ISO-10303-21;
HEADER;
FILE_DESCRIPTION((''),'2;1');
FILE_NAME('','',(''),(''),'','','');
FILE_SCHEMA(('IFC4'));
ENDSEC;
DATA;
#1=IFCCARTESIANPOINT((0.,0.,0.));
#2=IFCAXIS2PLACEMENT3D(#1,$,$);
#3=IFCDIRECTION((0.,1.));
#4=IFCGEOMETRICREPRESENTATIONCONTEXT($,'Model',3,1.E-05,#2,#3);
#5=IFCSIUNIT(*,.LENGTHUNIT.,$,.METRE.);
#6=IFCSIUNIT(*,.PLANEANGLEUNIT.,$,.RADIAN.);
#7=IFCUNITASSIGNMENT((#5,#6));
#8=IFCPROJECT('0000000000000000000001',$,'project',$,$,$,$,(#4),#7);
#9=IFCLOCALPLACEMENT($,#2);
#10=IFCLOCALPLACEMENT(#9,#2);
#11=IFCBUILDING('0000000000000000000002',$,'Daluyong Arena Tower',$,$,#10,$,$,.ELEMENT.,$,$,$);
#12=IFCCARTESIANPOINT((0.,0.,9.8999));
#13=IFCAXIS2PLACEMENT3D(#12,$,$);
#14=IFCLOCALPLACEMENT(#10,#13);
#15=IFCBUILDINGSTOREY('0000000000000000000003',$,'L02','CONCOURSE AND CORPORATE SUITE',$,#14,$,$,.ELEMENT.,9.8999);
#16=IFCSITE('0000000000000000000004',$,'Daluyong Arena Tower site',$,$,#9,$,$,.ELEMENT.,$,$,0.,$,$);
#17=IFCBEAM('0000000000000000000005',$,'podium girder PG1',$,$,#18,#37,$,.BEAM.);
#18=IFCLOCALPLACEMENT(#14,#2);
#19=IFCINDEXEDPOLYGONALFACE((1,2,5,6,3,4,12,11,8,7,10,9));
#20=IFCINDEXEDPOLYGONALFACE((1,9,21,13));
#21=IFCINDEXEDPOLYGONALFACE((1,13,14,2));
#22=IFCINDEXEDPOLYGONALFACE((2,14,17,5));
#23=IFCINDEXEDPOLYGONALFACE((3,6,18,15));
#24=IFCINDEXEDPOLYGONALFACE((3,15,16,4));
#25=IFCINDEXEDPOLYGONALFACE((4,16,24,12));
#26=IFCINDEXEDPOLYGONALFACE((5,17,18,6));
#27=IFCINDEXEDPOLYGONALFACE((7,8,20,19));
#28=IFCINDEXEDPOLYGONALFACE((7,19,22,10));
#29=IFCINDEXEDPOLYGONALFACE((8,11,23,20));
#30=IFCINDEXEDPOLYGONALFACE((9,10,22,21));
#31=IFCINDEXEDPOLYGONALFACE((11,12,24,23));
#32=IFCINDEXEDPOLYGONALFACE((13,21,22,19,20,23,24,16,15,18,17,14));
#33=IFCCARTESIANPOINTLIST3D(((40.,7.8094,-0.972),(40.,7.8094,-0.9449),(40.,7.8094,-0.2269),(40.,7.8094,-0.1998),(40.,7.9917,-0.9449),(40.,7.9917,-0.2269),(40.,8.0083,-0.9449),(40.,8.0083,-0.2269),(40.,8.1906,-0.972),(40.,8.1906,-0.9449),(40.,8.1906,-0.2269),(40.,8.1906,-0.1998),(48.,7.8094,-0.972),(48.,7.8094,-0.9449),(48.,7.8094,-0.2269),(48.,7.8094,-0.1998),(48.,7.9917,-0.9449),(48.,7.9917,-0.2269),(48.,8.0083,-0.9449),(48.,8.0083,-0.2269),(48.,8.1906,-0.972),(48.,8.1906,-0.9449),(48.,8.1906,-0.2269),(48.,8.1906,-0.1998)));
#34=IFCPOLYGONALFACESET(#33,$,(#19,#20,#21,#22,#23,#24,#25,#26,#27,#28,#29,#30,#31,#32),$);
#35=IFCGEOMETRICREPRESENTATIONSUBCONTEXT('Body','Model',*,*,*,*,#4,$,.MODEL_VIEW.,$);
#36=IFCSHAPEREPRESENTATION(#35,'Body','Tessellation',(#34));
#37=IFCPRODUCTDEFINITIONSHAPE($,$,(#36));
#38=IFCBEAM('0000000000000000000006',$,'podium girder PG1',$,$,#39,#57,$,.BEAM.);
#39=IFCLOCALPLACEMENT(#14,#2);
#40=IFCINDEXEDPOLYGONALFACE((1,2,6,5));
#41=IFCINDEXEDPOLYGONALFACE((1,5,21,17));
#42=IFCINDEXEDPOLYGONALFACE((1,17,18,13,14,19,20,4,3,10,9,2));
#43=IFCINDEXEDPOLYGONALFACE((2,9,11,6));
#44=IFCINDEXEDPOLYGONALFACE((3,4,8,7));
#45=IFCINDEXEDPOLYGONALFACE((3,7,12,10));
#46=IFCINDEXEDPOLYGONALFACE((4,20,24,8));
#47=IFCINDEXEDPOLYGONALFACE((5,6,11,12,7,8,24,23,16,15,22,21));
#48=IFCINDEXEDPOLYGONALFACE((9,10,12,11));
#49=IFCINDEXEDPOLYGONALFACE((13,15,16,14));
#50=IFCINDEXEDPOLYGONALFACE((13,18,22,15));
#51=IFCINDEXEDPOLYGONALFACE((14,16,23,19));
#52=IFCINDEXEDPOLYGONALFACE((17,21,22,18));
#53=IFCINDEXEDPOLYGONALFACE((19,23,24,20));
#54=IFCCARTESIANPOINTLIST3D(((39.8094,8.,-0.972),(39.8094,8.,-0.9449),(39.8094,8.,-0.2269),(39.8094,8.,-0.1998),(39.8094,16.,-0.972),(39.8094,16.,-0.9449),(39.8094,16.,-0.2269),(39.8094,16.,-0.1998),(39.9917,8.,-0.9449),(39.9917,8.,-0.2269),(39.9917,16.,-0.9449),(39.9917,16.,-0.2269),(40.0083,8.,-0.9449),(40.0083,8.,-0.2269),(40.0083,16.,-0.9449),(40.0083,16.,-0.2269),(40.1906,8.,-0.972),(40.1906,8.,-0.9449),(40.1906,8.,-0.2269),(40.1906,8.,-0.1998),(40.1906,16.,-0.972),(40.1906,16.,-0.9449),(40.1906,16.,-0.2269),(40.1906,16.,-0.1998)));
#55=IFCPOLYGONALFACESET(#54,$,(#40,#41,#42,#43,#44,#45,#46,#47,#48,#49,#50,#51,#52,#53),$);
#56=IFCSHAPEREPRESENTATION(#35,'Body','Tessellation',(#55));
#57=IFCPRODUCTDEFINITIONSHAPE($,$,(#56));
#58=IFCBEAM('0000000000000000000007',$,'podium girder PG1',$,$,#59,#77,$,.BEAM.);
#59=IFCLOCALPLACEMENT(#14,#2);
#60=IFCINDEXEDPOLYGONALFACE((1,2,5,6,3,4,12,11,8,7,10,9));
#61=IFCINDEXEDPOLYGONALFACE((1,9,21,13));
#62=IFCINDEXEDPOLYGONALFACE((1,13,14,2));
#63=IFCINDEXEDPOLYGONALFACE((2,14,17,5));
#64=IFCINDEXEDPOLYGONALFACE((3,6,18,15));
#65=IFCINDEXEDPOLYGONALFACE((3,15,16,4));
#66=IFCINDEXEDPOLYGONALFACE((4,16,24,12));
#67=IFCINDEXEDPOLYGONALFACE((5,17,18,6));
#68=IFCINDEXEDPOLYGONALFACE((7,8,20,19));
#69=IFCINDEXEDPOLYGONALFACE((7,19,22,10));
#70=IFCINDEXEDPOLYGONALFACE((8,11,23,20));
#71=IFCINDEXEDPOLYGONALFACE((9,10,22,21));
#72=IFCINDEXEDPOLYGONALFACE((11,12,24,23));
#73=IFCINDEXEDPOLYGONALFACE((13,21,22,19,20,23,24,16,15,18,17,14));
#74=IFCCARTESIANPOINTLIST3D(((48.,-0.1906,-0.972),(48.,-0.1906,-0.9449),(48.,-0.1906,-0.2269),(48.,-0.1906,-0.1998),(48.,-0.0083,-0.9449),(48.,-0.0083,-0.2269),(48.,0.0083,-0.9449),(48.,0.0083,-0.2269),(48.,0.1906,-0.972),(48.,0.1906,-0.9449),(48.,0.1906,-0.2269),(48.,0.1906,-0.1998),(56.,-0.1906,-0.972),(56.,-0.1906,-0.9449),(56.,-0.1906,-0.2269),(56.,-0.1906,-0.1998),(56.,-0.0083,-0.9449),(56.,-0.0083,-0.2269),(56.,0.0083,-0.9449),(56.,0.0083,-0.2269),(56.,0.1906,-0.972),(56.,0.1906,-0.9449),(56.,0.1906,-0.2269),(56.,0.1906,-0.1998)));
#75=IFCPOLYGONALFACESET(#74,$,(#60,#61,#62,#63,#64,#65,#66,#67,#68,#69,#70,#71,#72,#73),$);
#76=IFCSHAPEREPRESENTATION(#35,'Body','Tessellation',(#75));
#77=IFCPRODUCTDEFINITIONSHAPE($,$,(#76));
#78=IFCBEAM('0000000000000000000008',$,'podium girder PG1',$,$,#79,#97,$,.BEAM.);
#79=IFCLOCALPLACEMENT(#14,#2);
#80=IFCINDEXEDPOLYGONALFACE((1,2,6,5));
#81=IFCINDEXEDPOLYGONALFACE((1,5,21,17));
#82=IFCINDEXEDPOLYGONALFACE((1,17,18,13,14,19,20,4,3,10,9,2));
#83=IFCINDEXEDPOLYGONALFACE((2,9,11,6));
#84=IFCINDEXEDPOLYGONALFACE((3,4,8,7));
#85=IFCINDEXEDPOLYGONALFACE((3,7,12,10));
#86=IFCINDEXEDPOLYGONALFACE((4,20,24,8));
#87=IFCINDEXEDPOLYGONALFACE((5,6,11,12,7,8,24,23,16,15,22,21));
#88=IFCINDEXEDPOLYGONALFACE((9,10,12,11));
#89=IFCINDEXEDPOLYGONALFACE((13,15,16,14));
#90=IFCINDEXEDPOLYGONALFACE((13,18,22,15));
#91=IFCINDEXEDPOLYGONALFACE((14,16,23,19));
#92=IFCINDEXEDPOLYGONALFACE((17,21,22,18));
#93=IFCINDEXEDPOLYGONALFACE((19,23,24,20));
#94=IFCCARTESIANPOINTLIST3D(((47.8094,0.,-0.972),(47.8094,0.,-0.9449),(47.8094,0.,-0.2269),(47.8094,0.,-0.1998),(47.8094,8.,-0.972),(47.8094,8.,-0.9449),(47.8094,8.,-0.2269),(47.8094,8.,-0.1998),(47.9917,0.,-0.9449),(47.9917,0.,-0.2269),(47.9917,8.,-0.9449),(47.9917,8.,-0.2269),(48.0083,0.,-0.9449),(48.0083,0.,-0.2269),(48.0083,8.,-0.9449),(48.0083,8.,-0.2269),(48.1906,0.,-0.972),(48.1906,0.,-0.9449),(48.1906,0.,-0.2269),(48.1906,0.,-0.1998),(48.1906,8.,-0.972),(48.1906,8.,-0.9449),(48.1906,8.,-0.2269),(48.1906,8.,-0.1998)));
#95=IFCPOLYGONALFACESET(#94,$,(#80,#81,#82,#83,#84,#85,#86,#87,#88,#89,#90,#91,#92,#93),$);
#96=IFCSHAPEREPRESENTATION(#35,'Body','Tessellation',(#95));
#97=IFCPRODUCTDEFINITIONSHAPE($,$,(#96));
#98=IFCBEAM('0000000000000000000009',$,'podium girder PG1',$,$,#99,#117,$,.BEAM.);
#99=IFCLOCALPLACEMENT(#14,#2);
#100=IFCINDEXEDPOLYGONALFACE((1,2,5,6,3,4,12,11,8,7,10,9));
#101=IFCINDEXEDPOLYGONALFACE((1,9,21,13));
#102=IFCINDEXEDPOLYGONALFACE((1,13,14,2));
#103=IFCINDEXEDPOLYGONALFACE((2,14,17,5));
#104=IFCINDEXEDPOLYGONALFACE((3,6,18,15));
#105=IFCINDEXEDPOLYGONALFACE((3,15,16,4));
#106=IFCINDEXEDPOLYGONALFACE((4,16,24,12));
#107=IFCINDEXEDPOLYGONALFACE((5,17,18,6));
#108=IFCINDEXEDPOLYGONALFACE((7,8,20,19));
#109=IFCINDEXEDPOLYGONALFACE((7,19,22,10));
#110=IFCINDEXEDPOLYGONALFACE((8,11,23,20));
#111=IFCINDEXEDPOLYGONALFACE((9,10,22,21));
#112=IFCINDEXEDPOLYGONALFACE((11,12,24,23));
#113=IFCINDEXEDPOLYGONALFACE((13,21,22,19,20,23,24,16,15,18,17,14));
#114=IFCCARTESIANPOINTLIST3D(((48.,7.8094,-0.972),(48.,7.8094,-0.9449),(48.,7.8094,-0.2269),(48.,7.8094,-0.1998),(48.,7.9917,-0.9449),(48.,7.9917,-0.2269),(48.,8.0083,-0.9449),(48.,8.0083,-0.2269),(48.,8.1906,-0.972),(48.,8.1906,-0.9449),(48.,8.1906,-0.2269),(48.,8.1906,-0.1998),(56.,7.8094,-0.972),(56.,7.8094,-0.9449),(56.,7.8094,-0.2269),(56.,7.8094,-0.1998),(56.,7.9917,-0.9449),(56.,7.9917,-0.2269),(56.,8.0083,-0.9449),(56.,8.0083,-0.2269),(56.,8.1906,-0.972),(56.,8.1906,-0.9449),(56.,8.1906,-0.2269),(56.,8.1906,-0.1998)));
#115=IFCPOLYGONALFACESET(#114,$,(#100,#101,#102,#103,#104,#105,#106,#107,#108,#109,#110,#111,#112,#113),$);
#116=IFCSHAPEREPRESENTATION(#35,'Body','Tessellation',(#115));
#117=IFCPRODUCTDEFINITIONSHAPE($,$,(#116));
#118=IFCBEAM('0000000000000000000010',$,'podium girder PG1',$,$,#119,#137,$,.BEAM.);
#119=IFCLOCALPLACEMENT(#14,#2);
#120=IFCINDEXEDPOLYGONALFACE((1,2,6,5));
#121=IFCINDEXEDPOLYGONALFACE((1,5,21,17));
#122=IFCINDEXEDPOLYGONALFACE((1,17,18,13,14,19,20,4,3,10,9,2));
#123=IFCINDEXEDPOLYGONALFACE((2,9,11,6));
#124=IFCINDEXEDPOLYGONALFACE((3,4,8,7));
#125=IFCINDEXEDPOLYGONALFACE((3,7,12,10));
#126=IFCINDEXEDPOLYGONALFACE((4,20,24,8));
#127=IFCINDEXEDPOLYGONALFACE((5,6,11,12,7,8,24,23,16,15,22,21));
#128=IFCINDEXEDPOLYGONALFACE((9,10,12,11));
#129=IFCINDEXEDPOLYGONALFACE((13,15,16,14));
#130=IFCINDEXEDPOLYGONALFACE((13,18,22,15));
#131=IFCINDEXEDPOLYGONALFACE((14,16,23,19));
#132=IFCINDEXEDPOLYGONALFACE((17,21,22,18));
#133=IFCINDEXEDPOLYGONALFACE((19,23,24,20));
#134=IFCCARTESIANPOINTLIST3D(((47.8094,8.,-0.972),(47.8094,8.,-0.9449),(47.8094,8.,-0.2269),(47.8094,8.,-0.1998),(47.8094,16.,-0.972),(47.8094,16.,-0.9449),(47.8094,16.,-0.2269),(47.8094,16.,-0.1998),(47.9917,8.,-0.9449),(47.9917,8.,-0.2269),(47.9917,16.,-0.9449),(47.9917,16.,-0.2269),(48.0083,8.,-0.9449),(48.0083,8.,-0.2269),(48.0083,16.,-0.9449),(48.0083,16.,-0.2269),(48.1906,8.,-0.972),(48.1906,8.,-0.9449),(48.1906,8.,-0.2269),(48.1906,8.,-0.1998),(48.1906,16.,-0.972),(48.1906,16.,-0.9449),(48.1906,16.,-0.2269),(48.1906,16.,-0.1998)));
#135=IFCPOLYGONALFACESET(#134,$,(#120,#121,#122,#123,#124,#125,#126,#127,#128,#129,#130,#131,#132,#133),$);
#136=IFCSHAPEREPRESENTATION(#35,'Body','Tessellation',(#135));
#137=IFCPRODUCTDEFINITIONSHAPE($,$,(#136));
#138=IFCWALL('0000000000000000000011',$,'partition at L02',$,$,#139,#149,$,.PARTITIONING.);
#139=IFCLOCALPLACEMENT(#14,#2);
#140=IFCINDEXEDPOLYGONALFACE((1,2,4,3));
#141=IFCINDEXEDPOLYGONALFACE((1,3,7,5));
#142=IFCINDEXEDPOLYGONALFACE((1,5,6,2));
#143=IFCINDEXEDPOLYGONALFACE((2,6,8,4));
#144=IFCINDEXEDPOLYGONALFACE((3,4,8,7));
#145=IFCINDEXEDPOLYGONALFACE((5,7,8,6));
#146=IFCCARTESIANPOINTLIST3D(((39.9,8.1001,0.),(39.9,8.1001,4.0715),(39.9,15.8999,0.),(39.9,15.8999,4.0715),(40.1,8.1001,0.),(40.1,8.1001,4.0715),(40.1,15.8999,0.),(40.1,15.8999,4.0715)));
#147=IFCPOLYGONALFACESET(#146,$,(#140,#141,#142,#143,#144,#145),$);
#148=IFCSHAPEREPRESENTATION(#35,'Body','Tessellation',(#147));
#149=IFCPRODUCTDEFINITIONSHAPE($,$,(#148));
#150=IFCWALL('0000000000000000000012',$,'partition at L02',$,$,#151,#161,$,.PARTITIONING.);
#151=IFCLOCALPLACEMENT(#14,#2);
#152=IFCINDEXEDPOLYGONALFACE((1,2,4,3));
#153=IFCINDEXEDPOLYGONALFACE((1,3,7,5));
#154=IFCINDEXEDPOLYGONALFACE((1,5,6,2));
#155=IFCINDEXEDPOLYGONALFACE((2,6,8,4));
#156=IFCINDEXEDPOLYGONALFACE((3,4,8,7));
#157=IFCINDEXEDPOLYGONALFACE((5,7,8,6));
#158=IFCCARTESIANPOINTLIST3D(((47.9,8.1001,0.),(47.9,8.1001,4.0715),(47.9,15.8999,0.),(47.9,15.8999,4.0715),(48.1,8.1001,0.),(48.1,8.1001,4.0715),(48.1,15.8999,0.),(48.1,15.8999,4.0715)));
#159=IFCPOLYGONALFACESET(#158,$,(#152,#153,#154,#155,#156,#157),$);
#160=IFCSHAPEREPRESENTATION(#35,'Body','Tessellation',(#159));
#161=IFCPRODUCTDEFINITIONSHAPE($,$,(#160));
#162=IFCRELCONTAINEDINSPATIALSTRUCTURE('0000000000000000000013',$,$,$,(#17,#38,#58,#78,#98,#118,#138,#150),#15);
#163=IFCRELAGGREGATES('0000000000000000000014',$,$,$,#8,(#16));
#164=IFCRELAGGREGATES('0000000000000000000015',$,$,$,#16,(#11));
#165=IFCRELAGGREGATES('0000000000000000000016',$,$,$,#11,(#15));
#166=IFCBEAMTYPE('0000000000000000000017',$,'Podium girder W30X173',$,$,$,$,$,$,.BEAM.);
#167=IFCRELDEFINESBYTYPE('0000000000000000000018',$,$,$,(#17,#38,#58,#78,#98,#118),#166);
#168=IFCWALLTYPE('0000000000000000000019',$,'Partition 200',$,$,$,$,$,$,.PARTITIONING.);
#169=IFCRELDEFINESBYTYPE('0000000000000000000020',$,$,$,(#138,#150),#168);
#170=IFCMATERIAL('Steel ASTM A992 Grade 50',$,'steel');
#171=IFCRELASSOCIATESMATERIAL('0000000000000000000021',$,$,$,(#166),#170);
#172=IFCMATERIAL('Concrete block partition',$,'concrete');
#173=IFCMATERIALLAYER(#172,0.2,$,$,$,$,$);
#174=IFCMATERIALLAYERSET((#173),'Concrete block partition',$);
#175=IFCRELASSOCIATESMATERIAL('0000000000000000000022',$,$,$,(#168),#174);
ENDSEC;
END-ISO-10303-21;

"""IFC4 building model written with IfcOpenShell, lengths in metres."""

from ifc_helpers import new_model, si_unit, direction, frame, frame_2d, origin, origin_2d, place, context, subcontext, project, spatial, rectangle, i_section, extrude, material, layer, layer_set, material_profile, profile_set, type_object, element, save


model = new_model("IFC4")

# Units and contexts
model_context = context("Model", 3, precision=1e-05, world=origin(), true_north=direction((0.0, 1.0)))
body_context = subcontext(model_context, "Body", "Model", "MODEL_VIEW")
ifc_project = project(units=[si_unit("LENGTHUNIT", "METRE"), si_unit("PLANEANGLEUNIT", "RADIAN")], contexts=[model_context])

# Site, building, storey
site_placement = place(None, origin())
site = spatial("IfcSite", under=ifc_project, at=site_placement, Name="Daluyong Arena Tower site", CompositionType="ELEMENT", RefElevation=0.0)
building_placement = place(site_placement, origin())
building = spatial("IfcBuilding", under=site, at=building_placement, Name="Daluyong Arena Tower", CompositionType="ELEMENT")
storey_placement = place(building_placement, frame((0.0, 0.0, 9.8999)))
storey = spatial("IfcBuildingStorey", under=building, at=storey_placement, Name="L02", Description="CONCOURSE AND CORPORATE SUITE", CompositionType="ELEMENT", Elevation=9.8999)

# Beams
ifc_material_1 = material(Name="Steel ASTM A992 Grade 50", Category="steel")
ifc_material_profile_1 = material_profile(ifc_material_1, i_section(OverallWidth=0.3811, OverallDepth=0.7722, WebThickness=0.0166, FlangeThickness=0.0271, at=origin_2d()))
ifc_profile_set_1 = profile_set([ifc_material_profile_1], Name="Steel ASTM A992 Grade 50")
beam_type_1 = type_object("IfcBeamType", Name="Podium girder W30X173", PredefinedType="BEAM", material=ifc_profile_set_1)
for number, where, z_axis, x_axis, name in (
    (1, (40.0, 8.0, -0.5859), (1.0, 0.0, 0.0), (0.0, 1.0, 0.0), "podium girder PG1"),
    (2, (40.0, 8.0, -0.5859), (0.0, 1.0, 0.0), (-1.0, 0.0, 0.0), "podium girder PG1"),
    (3, (48.0, 0.0, -0.5859), (1.0, 0.0, 0.0), (0.0, 1.0, 0.0), "podium girder PG1"),
    (4, (48.0, 0.0, -0.5859), (0.0, 1.0, 0.0), (-1.0, 0.0, 0.0), "podium girder PG1"),
    (5, (48.0, 8.0, -0.5859), (1.0, 0.0, 0.0), (0.0, 1.0, 0.0), "podium girder PG1"),
    (6, (48.0, 8.0, -0.5859), (0.0, 1.0, 0.0), (-1.0, 0.0, 0.0), "podium girder PG1"),
):
    element("IfcBeam", number, at=place(storey_placement, frame(where, z_axis=z_axis, x_axis=x_axis)), inside=storey, type_object=beam_type_1, Name=name, PredefinedType="BEAM", context=body_context, shape_type="SweptSolid", body=[
        extrude(i_section(OverallWidth=0.3811, OverallDepth=0.7722, WebThickness=0.0166, FlangeThickness=0.0271, at=origin_2d()), origin(), (0.0, 0.0, 1.0), 8.0),
    ])

# Walls
ifc_material_2 = material(Name="Concrete block partition", Category="concrete")
ifc_layer = layer(ifc_material_2, 0.2)
ifc_layer_set = layer_set([ifc_layer], Name="Concrete block partition")
wall_type = type_object("IfcWallType", Name="Partition 200", PredefinedType="PARTITIONING", material=ifc_layer_set)
for number, where, z_axis, x_axis, name in (
    (7, (40.0, 8.1001, 0.0), (0.0, 0.0, 1.0), (0.0, 1.0, 0.0), "partition at L02"),
    (8, (48.0, 8.1001, 0.0), (0.0, 0.0, 1.0), (0.0, 1.0, 0.0), "partition at L02"),
):
    element("IfcWall", number, at=place(storey_placement, frame(where, z_axis=z_axis, x_axis=x_axis)), inside=storey, type_object=wall_type, Name=name, PredefinedType="PARTITIONING", context=body_context, shape_type="SweptSolid", body=[
        extrude(rectangle(XDim=7.7998, YDim=0.2, at=frame_2d((3.8999, 0.0))), origin(), (0.0, 0.0, 1.0), 4.0715),
    ])

save(model, "model.ifc")
